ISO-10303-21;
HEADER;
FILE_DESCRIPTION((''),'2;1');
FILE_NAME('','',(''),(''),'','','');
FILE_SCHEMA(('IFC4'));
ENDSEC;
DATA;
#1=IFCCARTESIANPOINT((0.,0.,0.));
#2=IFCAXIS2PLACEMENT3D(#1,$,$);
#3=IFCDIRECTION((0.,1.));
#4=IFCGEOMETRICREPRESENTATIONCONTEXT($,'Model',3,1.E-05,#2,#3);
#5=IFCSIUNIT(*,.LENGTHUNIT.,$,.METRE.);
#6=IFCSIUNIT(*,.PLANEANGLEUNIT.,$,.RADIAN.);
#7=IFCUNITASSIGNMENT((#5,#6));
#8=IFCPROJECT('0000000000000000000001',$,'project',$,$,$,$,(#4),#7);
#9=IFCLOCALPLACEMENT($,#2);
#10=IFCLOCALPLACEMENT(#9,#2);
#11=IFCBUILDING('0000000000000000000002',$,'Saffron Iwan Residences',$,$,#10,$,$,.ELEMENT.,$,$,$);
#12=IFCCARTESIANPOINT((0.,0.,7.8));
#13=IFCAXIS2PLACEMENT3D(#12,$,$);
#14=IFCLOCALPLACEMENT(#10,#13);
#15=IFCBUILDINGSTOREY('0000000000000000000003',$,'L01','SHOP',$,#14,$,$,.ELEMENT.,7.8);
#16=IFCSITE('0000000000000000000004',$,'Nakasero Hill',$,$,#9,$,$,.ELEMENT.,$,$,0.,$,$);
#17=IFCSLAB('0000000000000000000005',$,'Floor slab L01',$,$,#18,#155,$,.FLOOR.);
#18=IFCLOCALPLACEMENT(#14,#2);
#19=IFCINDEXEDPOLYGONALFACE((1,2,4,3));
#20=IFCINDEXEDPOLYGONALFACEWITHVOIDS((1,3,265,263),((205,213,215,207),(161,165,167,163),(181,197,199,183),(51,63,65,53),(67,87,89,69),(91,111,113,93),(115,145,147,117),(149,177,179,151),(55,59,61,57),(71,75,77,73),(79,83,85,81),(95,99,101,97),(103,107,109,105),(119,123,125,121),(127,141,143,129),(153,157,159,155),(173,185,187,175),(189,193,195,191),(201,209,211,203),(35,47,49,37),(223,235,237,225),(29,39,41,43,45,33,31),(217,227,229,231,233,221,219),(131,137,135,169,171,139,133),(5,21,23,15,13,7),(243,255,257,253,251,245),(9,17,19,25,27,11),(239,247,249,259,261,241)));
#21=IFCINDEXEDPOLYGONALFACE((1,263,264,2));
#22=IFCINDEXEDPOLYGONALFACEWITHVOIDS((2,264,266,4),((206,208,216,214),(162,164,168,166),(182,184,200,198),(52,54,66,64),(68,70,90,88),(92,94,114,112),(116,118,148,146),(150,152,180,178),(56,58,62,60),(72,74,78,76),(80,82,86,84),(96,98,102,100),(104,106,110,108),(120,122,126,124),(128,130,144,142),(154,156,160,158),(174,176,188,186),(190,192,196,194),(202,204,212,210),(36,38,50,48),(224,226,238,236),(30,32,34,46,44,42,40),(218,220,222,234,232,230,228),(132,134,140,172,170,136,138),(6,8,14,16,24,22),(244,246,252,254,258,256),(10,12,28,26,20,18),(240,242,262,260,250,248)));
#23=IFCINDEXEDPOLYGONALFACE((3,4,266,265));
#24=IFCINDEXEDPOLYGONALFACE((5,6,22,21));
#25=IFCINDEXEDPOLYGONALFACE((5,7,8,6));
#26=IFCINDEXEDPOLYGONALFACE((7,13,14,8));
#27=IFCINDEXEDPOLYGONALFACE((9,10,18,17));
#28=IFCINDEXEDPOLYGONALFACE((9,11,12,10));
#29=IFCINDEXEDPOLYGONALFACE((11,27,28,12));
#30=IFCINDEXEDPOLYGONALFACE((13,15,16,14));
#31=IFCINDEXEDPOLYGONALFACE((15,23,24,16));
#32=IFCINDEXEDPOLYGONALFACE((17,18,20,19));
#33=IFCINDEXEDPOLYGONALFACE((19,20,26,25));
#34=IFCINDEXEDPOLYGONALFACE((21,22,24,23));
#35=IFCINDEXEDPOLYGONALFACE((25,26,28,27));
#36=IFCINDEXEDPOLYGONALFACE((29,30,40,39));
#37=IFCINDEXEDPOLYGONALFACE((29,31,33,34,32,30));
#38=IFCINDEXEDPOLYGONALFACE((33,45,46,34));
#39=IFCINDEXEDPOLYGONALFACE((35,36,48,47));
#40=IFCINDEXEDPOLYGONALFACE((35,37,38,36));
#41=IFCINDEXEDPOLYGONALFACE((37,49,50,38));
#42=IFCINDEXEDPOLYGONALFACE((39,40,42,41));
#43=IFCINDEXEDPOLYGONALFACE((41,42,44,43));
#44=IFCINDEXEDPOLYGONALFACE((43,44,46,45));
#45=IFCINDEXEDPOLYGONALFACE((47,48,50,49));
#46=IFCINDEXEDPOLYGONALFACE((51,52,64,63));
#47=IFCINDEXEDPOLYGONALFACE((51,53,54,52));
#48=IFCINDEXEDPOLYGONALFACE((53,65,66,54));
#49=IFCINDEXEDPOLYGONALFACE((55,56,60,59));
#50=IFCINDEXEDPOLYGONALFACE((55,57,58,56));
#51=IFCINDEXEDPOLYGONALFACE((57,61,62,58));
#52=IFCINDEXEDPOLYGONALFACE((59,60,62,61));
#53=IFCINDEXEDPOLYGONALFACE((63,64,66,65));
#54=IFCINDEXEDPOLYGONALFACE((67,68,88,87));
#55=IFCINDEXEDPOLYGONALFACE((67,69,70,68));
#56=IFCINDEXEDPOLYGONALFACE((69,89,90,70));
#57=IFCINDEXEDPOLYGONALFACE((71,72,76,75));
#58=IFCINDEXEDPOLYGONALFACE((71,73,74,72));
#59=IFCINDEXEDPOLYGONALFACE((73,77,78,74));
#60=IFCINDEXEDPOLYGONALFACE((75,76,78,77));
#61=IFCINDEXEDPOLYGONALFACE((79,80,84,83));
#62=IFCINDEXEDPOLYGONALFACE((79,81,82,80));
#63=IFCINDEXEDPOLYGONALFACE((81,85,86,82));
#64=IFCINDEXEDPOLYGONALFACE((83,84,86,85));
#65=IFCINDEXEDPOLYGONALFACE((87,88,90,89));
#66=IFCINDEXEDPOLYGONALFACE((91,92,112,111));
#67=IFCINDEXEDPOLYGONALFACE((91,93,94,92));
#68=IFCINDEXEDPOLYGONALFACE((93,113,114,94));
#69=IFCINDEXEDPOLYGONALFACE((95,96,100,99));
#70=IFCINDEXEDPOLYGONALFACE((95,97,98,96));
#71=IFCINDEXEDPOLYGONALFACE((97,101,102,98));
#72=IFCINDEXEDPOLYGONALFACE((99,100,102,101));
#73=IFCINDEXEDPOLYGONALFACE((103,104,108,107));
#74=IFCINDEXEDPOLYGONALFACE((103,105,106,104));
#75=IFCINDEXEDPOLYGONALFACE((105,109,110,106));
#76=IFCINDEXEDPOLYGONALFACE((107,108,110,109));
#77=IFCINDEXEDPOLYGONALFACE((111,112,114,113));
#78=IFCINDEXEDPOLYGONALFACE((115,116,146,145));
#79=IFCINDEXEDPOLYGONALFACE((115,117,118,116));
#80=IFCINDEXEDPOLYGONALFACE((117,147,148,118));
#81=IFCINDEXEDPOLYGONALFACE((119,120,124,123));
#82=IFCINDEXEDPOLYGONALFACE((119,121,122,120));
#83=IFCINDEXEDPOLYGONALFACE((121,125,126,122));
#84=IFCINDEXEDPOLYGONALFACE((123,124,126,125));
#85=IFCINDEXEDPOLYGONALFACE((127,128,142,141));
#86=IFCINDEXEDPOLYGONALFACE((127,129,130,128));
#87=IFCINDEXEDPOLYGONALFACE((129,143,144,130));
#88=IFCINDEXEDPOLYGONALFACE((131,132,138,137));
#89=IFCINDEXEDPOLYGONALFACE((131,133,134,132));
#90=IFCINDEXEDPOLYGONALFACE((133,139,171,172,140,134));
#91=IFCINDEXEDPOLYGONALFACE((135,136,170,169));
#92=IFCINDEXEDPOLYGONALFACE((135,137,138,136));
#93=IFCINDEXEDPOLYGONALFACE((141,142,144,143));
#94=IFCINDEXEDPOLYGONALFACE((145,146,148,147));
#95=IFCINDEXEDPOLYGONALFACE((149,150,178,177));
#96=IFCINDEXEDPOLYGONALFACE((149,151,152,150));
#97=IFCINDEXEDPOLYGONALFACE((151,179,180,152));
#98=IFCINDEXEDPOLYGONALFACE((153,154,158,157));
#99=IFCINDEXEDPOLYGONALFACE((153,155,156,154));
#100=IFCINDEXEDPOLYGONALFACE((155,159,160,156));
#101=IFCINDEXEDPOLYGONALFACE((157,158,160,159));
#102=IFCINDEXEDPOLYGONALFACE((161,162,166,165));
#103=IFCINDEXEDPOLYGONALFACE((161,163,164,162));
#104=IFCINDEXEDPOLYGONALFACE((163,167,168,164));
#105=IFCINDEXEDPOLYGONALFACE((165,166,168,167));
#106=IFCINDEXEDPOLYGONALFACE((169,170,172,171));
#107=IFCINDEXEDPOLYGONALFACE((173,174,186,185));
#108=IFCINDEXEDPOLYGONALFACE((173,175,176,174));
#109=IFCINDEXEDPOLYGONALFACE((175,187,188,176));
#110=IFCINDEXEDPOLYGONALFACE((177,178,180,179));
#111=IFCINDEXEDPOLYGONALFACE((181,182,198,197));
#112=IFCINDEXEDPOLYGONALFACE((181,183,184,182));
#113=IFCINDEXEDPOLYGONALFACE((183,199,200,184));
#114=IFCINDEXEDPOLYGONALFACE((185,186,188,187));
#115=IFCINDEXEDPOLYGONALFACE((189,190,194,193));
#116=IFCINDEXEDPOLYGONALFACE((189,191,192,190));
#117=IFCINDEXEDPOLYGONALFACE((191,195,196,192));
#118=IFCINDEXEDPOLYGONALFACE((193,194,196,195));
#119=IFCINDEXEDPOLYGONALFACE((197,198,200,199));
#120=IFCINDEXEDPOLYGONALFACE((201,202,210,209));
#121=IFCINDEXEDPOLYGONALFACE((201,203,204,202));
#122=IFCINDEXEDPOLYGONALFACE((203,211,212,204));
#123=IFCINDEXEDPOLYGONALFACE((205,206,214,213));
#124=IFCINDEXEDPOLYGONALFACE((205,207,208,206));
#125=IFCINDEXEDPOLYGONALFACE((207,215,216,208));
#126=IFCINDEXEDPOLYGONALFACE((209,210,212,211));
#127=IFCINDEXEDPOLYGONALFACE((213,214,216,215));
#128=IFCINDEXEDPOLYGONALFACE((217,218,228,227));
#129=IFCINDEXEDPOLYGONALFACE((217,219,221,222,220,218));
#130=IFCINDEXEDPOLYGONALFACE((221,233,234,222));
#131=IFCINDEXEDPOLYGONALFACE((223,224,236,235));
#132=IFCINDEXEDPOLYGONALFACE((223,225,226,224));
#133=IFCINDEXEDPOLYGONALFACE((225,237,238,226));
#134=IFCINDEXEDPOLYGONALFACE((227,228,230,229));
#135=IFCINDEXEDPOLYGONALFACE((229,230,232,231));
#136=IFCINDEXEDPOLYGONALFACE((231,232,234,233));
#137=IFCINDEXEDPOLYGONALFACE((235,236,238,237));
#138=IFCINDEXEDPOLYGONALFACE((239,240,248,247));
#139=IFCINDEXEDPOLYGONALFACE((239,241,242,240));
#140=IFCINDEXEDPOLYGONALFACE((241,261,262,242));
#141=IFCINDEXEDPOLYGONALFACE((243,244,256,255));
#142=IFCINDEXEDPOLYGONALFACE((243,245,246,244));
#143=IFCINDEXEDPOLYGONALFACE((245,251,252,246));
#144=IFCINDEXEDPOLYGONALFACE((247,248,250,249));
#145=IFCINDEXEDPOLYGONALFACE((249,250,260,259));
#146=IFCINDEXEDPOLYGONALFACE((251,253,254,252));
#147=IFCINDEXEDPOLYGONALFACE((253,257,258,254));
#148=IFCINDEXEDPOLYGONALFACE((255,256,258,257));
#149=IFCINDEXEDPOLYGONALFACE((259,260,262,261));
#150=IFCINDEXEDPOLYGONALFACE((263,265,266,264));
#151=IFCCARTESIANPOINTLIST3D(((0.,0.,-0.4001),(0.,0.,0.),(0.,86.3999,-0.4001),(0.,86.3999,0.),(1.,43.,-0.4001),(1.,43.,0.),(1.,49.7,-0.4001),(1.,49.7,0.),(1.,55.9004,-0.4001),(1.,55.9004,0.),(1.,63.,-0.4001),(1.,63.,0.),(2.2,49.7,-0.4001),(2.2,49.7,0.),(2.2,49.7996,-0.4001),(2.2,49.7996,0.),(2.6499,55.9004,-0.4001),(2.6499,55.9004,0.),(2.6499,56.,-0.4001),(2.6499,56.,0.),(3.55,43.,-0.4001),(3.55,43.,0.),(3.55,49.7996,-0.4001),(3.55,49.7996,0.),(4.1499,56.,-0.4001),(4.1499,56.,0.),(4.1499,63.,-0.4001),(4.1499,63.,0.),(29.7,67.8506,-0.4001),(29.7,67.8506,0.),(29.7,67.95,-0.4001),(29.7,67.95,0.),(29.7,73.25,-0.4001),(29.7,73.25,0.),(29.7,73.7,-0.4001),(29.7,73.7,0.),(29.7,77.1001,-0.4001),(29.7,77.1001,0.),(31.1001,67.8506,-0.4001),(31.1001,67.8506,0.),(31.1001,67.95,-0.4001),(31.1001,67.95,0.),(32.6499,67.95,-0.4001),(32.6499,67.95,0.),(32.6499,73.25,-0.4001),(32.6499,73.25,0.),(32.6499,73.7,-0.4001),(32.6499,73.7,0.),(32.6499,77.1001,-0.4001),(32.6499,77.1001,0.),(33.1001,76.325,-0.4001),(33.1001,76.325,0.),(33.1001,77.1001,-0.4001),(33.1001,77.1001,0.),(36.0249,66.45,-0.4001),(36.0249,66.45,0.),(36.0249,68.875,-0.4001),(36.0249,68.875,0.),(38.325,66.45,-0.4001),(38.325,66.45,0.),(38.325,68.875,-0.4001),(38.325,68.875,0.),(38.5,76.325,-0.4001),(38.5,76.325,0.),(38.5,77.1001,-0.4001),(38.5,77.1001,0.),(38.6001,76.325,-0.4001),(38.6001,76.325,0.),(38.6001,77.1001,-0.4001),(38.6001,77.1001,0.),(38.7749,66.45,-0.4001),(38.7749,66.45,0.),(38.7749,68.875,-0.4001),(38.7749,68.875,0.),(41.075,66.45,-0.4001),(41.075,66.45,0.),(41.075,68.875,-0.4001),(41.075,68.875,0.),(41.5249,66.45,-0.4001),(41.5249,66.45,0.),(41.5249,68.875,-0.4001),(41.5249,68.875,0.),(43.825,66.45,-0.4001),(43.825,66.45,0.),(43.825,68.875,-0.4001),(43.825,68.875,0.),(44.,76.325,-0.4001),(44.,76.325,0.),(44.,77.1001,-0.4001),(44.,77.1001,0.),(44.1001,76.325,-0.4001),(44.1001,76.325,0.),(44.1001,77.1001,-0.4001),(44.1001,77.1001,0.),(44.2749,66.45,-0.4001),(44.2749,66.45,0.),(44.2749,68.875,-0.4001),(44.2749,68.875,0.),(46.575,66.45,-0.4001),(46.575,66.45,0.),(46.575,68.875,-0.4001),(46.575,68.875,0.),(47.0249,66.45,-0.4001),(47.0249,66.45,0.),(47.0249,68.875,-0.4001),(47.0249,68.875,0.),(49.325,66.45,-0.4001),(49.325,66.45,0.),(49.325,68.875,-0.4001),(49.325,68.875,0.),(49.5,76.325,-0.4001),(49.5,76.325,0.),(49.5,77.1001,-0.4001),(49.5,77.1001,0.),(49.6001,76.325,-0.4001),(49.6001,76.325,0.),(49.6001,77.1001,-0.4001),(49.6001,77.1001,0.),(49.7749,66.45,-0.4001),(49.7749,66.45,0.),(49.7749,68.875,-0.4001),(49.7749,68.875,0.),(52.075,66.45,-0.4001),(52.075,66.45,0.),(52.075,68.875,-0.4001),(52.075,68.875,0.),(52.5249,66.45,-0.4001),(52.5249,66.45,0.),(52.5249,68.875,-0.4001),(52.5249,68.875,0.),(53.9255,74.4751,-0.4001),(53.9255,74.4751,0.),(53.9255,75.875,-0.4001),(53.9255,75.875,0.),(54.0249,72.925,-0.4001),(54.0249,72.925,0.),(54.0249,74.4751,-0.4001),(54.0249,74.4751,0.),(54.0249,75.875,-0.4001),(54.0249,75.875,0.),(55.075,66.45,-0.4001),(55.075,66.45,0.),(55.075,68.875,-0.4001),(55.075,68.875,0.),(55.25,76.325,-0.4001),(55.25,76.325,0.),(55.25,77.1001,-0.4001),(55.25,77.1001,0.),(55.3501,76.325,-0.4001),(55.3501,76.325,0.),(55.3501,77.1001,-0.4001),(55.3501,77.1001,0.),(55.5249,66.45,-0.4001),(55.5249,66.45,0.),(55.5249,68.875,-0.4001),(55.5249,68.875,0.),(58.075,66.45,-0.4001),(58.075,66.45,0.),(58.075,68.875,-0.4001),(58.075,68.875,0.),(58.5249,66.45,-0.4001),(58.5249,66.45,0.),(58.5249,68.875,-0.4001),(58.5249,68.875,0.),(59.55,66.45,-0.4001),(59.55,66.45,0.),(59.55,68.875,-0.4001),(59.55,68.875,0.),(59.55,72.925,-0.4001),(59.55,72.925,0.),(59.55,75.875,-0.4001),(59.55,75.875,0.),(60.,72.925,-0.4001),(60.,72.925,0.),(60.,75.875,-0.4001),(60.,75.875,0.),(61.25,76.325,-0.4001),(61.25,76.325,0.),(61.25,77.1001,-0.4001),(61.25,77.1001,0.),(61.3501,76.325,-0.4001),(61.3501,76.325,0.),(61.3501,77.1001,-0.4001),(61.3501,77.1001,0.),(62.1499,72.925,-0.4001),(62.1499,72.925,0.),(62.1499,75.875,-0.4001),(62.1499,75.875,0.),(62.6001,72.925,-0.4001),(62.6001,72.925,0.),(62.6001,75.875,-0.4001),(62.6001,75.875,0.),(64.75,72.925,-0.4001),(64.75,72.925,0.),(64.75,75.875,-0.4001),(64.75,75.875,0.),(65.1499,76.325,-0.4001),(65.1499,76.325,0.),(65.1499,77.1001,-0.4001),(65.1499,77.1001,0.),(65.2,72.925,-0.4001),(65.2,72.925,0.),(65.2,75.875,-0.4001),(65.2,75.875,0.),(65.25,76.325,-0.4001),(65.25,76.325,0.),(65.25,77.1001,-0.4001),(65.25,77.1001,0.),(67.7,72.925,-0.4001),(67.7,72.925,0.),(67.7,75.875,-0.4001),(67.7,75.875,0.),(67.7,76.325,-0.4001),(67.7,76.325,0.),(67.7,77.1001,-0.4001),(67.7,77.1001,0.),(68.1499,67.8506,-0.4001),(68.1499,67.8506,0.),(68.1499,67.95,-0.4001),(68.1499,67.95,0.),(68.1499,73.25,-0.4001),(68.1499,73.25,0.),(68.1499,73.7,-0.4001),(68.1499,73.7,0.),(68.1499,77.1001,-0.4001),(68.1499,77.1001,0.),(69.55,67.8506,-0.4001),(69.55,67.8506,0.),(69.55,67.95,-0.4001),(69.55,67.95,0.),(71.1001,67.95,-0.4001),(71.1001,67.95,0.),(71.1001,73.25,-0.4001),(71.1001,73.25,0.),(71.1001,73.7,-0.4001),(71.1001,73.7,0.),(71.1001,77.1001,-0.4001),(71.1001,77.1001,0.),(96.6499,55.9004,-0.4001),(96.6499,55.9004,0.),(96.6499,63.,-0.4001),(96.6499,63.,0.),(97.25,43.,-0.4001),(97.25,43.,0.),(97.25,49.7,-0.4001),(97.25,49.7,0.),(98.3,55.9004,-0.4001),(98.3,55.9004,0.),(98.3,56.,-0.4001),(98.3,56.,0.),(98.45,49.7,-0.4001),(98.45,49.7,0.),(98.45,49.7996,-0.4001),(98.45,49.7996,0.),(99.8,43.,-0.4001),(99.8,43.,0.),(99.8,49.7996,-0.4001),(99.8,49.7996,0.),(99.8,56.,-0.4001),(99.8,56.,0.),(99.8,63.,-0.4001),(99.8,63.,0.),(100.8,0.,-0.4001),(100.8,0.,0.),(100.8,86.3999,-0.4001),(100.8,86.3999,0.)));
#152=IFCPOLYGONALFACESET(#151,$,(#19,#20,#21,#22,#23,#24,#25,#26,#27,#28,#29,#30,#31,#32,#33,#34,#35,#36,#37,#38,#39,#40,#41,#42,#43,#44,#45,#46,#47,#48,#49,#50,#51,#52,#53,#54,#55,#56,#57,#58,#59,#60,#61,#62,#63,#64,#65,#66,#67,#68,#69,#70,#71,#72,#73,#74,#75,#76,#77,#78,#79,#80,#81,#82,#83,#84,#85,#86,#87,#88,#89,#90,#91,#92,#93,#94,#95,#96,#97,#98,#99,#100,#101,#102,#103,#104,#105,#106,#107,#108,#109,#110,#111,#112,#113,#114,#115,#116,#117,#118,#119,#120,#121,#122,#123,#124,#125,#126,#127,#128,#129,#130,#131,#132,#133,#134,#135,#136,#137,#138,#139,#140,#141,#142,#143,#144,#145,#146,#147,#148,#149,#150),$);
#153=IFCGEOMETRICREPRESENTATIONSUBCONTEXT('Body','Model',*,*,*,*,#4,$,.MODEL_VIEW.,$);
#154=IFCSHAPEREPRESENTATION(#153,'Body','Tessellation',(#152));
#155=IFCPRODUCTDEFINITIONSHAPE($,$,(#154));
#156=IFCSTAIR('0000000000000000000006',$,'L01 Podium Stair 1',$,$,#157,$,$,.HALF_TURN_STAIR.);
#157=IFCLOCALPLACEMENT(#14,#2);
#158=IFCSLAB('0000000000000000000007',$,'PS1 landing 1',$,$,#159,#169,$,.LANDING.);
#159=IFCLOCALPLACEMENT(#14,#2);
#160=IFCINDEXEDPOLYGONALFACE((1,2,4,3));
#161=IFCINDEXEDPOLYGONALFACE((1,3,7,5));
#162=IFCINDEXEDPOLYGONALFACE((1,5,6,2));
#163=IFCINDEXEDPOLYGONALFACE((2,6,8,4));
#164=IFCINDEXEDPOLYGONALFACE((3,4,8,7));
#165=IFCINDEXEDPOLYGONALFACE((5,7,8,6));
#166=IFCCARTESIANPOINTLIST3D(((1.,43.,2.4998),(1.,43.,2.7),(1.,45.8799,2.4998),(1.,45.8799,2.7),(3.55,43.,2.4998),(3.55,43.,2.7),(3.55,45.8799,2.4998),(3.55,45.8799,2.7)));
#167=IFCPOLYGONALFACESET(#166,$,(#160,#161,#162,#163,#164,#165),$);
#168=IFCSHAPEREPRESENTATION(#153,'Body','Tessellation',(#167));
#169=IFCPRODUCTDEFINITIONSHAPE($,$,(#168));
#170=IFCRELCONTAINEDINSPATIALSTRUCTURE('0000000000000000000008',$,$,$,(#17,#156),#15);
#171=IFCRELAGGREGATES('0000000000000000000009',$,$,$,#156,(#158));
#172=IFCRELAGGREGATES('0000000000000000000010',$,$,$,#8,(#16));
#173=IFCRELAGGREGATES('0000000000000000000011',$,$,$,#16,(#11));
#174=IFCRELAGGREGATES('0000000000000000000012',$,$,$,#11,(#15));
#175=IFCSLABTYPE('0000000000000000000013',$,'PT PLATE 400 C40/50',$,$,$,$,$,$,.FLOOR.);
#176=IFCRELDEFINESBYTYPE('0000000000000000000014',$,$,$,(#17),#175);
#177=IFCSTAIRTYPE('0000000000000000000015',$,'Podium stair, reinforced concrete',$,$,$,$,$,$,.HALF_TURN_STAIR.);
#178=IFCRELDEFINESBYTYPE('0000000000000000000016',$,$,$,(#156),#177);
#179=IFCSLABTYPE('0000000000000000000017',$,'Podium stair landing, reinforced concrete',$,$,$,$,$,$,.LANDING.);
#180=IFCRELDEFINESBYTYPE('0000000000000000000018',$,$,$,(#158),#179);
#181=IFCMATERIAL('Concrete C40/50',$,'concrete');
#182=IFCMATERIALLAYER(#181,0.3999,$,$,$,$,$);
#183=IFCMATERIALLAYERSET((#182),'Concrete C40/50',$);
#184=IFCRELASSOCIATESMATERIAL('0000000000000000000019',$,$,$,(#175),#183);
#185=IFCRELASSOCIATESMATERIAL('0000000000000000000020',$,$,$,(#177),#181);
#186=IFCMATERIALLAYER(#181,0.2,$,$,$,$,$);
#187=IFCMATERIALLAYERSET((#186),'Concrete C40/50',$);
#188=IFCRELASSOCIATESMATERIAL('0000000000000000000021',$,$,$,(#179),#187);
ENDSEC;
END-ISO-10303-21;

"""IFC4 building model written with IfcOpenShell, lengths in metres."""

from ifc_helpers import new_model, si_unit, direction, frame, origin, place, context, subcontext, project, spatial, polyline, outline, extrude, material, layer, layer_set, type_object, element, aggregate, save


model = new_model("IFC4")

# Units and contexts
model_context = context("Model", 3, precision=1e-05, world=origin(), true_north=direction((0.0, 1.0)))
body_context = subcontext(model_context, "Body", "Model", "MODEL_VIEW")
ifc_project = project(units=[si_unit("LENGTHUNIT", "METRE"), si_unit("PLANEANGLEUNIT", "RADIAN")], contexts=[model_context])

# Site, building, storey
site_placement = place(None, origin())
site = spatial("IfcSite", under=ifc_project, at=site_placement, Name="Nakasero Hill", CompositionType="ELEMENT", RefElevation=0.0)
building_placement = place(site_placement, origin())
building = spatial("IfcBuilding", under=site, at=building_placement, Name="Saffron Iwan Residences", CompositionType="ELEMENT")
storey_placement = place(building_placement, frame((0.0, 0.0, 7.8)))
storey = spatial("IfcBuildingStorey", under=building, at=storey_placement, Name="L01", Description="SHOP", CompositionType="ELEMENT", Elevation=7.8)

# Slab
ifc_material_1 = material(Name="Concrete C40/50", Category="concrete")
ifc_layer_1 = layer(ifc_material_1, 0.3999)
ifc_layer_set_1 = layer_set([ifc_layer_1], Name="Concrete C40/50")
slab_type_1 = type_object("IfcSlabType", Name="PT PLATE 400 C40/50", PredefinedType="FLOOR", material=ifc_layer_set_1)
slab_1_placement = place(storey_placement, frame((0.0, 0.0, -0.4001)))
element("IfcSlab", 1, at=slab_1_placement, inside=storey, type_object=slab_type_1, Name="Floor slab L01", PredefinedType="FLOOR", context=body_context, shape_type="SweptSolid", body=[
    extrude(outline(polyline([(0.0, 0.0), (0.0, 86.3999), (100.8, 86.3999), (100.8, 0.0), (0.0, 0.0)]), holes=[polyline([(2.2, 49.7), (1.0, 49.7), (1.0, 43.0), (3.55, 43.0), (3.55, 49.7996), (2.2, 49.7996), (2.2, 49.7)]), polyline([(2.6499, 55.9004), (2.6499, 56.0), (4.1499, 56.0), (4.1499, 63.0), (1.0, 63.0), (1.0, 55.9004), (2.6499, 55.9004)]), polyline([(38.325, 66.45), (38.325, 68.875), (36.0249, 68.875), (36.0249, 66.45), (38.325, 66.45)]), polyline([(41.075, 66.45), (41.075, 68.875), (38.7749, 68.875), (38.7749, 66.45), (41.075, 66.45)]), polyline([(43.825, 66.45), (43.825, 68.875), (41.5249, 68.875), (41.5249, 66.45), (43.825, 66.45)]), polyline([(46.575, 66.45), (46.575, 68.875), (44.2749, 68.875), (44.2749, 66.45), (46.575, 66.45)]), polyline([(49.325, 66.45), (49.325, 68.875), (47.0249, 68.875), (47.0249, 66.45), (49.325, 66.45)]), polyline([(52.075, 68.875), (49.7749, 68.875), (49.7749, 66.45), (52.075, 66.45), (52.075, 68.875)]), polyline([(32.6499, 73.25), (29.7, 73.25), (29.7, 67.95), (29.7, 67.8506), (31.1001, 67.8506), (31.1001, 67.95), (32.6499, 67.95), (32.6499, 73.25)]), polyline([(32.6499, 73.7), (32.6499, 77.1001), (29.7, 77.1001), (29.7, 73.7), (32.6499, 73.7)]), polyline([(38.5, 76.325), (38.5, 77.1001), (33.1001, 77.1001), (33.1001, 76.325), (38.5, 76.325)]), polyline([(44.0, 76.325), (44.0, 77.1001), (38.6001, 77.1001), (38.6001, 76.325), (44.0, 76.325)]), polyline([(49.5, 76.325), (49.5, 77.1001), (44.1001, 77.1001), (44.1001, 76.325), (49.5, 76.325)]), polyline([(55.25, 76.325), (55.25, 77.1001), (49.6001, 77.1001), (49.6001, 76.325), (55.25, 76.325)]), polyline([(98.45, 49.7), (97.25, 49.7), (97.25, 43.0), (99.8, 43.0), (99.8, 49.7996), (98.45, 49.7996), (98.45, 49.7)]), polyline([(98.3, 55.9004), (98.3, 56.0), (99.8, 56.0), (99.8, 63.0), (96.6499, 63.0), (96.6499, 55.9004), (98.3, 55.9004)]), polyline([(55.075, 66.45), (55.075, 68.875), (52.5249, 68.875), (52.5249, 66.45), (55.075, 66.45)]), polyline([(58.075, 66.45), (58.075, 68.875), (55.5249, 68.875), (55.5249, 66.45), (58.075, 66.45)]), polyline([(59.55, 66.45), (59.55, 68.875), (58.5249, 68.875), (58.5249, 66.45), (59.55, 66.45)]), polyline([(71.1001, 73.25), (68.1499, 73.25), (68.1499, 67.95), (68.1499, 67.8506), (69.55, 67.8506), (69.55, 67.95), (71.1001, 67.95), (71.1001, 73.25)]), polyline([(53.9255, 74.4751), (54.0249, 74.4751), (54.0249, 72.925), (59.55, 72.925), (59.55, 75.875), (54.0249, 75.875), (53.9255, 75.875), (53.9255, 74.4751)]), polyline([(62.1499, 75.875), (60.0, 75.875), (60.0, 72.925), (62.1499, 72.925), (62.1499, 75.875)]), polyline([(64.75, 72.925), (64.75, 75.875), (62.6001, 75.875), (62.6001, 72.925), (64.75, 72.925)]), polyline([(67.7, 72.925), (67.7, 75.875), (65.2, 75.875), (65.2, 72.925), (67.7, 72.925)]), polyline([(71.1001, 73.7), (71.1001, 77.1001), (68.1499, 77.1001), (68.1499, 73.7), (71.1001, 73.7)]), polyline([(61.25, 76.325), (61.25, 77.1001), (55.3501, 77.1001), (55.3501, 76.325), (61.25, 76.325)]), polyline([(65.1499, 76.325), (65.1499, 77.1001), (61.3501, 77.1001), (61.3501, 76.325), (65.1499, 76.325)]), polyline([(67.7, 76.325), (67.7, 77.1001), (65.25, 77.1001), (65.25, 76.325), (67.7, 76.325)])]), origin(), (0.0, 0.0, 1.0), 0.4001),
])

# Stair, slab
stair_type_1 = type_object("IfcStairType", Name="Podium stair, reinforced concrete", PredefinedType="HALF_TURN_STAIR", material=ifc_material_1)
stair_1_placement = place(storey_placement, origin())
stair_1 = element("IfcStair", 2, at=stair_1_placement, inside=storey, type_object=stair_type_1, Name="L01 Podium Stair 1", PredefinedType="HALF_TURN_STAIR")
ifc_layer_2 = layer(ifc_material_1, 0.2)
ifc_layer_set_2 = layer_set([ifc_layer_2], Name="Concrete C40/50")
slab_type_2 = type_object("IfcSlabType", Name="Podium stair landing, reinforced concrete", PredefinedType="LANDING", material=ifc_layer_set_2)
slab_2_placement = place(storey_placement, frame((0.0, 0.0, 2.4998)))
slab_2 = element("IfcSlab", 3, at=slab_2_placement, type_object=slab_type_2, Name="PS1 landing 1", PredefinedType="LANDING", context=body_context, shape_type="SweptSolid", body=[
    extrude(outline(polyline([(1.0, 45.8799), (1.0, 43.0), (3.55, 43.0), (3.55, 45.8799), (1.0, 45.8799)])), origin(), (0.0, 0.0, 1.0), 0.2002),
])
aggregate(stair_1, [slab_2])

save(model, "model.ifc")
